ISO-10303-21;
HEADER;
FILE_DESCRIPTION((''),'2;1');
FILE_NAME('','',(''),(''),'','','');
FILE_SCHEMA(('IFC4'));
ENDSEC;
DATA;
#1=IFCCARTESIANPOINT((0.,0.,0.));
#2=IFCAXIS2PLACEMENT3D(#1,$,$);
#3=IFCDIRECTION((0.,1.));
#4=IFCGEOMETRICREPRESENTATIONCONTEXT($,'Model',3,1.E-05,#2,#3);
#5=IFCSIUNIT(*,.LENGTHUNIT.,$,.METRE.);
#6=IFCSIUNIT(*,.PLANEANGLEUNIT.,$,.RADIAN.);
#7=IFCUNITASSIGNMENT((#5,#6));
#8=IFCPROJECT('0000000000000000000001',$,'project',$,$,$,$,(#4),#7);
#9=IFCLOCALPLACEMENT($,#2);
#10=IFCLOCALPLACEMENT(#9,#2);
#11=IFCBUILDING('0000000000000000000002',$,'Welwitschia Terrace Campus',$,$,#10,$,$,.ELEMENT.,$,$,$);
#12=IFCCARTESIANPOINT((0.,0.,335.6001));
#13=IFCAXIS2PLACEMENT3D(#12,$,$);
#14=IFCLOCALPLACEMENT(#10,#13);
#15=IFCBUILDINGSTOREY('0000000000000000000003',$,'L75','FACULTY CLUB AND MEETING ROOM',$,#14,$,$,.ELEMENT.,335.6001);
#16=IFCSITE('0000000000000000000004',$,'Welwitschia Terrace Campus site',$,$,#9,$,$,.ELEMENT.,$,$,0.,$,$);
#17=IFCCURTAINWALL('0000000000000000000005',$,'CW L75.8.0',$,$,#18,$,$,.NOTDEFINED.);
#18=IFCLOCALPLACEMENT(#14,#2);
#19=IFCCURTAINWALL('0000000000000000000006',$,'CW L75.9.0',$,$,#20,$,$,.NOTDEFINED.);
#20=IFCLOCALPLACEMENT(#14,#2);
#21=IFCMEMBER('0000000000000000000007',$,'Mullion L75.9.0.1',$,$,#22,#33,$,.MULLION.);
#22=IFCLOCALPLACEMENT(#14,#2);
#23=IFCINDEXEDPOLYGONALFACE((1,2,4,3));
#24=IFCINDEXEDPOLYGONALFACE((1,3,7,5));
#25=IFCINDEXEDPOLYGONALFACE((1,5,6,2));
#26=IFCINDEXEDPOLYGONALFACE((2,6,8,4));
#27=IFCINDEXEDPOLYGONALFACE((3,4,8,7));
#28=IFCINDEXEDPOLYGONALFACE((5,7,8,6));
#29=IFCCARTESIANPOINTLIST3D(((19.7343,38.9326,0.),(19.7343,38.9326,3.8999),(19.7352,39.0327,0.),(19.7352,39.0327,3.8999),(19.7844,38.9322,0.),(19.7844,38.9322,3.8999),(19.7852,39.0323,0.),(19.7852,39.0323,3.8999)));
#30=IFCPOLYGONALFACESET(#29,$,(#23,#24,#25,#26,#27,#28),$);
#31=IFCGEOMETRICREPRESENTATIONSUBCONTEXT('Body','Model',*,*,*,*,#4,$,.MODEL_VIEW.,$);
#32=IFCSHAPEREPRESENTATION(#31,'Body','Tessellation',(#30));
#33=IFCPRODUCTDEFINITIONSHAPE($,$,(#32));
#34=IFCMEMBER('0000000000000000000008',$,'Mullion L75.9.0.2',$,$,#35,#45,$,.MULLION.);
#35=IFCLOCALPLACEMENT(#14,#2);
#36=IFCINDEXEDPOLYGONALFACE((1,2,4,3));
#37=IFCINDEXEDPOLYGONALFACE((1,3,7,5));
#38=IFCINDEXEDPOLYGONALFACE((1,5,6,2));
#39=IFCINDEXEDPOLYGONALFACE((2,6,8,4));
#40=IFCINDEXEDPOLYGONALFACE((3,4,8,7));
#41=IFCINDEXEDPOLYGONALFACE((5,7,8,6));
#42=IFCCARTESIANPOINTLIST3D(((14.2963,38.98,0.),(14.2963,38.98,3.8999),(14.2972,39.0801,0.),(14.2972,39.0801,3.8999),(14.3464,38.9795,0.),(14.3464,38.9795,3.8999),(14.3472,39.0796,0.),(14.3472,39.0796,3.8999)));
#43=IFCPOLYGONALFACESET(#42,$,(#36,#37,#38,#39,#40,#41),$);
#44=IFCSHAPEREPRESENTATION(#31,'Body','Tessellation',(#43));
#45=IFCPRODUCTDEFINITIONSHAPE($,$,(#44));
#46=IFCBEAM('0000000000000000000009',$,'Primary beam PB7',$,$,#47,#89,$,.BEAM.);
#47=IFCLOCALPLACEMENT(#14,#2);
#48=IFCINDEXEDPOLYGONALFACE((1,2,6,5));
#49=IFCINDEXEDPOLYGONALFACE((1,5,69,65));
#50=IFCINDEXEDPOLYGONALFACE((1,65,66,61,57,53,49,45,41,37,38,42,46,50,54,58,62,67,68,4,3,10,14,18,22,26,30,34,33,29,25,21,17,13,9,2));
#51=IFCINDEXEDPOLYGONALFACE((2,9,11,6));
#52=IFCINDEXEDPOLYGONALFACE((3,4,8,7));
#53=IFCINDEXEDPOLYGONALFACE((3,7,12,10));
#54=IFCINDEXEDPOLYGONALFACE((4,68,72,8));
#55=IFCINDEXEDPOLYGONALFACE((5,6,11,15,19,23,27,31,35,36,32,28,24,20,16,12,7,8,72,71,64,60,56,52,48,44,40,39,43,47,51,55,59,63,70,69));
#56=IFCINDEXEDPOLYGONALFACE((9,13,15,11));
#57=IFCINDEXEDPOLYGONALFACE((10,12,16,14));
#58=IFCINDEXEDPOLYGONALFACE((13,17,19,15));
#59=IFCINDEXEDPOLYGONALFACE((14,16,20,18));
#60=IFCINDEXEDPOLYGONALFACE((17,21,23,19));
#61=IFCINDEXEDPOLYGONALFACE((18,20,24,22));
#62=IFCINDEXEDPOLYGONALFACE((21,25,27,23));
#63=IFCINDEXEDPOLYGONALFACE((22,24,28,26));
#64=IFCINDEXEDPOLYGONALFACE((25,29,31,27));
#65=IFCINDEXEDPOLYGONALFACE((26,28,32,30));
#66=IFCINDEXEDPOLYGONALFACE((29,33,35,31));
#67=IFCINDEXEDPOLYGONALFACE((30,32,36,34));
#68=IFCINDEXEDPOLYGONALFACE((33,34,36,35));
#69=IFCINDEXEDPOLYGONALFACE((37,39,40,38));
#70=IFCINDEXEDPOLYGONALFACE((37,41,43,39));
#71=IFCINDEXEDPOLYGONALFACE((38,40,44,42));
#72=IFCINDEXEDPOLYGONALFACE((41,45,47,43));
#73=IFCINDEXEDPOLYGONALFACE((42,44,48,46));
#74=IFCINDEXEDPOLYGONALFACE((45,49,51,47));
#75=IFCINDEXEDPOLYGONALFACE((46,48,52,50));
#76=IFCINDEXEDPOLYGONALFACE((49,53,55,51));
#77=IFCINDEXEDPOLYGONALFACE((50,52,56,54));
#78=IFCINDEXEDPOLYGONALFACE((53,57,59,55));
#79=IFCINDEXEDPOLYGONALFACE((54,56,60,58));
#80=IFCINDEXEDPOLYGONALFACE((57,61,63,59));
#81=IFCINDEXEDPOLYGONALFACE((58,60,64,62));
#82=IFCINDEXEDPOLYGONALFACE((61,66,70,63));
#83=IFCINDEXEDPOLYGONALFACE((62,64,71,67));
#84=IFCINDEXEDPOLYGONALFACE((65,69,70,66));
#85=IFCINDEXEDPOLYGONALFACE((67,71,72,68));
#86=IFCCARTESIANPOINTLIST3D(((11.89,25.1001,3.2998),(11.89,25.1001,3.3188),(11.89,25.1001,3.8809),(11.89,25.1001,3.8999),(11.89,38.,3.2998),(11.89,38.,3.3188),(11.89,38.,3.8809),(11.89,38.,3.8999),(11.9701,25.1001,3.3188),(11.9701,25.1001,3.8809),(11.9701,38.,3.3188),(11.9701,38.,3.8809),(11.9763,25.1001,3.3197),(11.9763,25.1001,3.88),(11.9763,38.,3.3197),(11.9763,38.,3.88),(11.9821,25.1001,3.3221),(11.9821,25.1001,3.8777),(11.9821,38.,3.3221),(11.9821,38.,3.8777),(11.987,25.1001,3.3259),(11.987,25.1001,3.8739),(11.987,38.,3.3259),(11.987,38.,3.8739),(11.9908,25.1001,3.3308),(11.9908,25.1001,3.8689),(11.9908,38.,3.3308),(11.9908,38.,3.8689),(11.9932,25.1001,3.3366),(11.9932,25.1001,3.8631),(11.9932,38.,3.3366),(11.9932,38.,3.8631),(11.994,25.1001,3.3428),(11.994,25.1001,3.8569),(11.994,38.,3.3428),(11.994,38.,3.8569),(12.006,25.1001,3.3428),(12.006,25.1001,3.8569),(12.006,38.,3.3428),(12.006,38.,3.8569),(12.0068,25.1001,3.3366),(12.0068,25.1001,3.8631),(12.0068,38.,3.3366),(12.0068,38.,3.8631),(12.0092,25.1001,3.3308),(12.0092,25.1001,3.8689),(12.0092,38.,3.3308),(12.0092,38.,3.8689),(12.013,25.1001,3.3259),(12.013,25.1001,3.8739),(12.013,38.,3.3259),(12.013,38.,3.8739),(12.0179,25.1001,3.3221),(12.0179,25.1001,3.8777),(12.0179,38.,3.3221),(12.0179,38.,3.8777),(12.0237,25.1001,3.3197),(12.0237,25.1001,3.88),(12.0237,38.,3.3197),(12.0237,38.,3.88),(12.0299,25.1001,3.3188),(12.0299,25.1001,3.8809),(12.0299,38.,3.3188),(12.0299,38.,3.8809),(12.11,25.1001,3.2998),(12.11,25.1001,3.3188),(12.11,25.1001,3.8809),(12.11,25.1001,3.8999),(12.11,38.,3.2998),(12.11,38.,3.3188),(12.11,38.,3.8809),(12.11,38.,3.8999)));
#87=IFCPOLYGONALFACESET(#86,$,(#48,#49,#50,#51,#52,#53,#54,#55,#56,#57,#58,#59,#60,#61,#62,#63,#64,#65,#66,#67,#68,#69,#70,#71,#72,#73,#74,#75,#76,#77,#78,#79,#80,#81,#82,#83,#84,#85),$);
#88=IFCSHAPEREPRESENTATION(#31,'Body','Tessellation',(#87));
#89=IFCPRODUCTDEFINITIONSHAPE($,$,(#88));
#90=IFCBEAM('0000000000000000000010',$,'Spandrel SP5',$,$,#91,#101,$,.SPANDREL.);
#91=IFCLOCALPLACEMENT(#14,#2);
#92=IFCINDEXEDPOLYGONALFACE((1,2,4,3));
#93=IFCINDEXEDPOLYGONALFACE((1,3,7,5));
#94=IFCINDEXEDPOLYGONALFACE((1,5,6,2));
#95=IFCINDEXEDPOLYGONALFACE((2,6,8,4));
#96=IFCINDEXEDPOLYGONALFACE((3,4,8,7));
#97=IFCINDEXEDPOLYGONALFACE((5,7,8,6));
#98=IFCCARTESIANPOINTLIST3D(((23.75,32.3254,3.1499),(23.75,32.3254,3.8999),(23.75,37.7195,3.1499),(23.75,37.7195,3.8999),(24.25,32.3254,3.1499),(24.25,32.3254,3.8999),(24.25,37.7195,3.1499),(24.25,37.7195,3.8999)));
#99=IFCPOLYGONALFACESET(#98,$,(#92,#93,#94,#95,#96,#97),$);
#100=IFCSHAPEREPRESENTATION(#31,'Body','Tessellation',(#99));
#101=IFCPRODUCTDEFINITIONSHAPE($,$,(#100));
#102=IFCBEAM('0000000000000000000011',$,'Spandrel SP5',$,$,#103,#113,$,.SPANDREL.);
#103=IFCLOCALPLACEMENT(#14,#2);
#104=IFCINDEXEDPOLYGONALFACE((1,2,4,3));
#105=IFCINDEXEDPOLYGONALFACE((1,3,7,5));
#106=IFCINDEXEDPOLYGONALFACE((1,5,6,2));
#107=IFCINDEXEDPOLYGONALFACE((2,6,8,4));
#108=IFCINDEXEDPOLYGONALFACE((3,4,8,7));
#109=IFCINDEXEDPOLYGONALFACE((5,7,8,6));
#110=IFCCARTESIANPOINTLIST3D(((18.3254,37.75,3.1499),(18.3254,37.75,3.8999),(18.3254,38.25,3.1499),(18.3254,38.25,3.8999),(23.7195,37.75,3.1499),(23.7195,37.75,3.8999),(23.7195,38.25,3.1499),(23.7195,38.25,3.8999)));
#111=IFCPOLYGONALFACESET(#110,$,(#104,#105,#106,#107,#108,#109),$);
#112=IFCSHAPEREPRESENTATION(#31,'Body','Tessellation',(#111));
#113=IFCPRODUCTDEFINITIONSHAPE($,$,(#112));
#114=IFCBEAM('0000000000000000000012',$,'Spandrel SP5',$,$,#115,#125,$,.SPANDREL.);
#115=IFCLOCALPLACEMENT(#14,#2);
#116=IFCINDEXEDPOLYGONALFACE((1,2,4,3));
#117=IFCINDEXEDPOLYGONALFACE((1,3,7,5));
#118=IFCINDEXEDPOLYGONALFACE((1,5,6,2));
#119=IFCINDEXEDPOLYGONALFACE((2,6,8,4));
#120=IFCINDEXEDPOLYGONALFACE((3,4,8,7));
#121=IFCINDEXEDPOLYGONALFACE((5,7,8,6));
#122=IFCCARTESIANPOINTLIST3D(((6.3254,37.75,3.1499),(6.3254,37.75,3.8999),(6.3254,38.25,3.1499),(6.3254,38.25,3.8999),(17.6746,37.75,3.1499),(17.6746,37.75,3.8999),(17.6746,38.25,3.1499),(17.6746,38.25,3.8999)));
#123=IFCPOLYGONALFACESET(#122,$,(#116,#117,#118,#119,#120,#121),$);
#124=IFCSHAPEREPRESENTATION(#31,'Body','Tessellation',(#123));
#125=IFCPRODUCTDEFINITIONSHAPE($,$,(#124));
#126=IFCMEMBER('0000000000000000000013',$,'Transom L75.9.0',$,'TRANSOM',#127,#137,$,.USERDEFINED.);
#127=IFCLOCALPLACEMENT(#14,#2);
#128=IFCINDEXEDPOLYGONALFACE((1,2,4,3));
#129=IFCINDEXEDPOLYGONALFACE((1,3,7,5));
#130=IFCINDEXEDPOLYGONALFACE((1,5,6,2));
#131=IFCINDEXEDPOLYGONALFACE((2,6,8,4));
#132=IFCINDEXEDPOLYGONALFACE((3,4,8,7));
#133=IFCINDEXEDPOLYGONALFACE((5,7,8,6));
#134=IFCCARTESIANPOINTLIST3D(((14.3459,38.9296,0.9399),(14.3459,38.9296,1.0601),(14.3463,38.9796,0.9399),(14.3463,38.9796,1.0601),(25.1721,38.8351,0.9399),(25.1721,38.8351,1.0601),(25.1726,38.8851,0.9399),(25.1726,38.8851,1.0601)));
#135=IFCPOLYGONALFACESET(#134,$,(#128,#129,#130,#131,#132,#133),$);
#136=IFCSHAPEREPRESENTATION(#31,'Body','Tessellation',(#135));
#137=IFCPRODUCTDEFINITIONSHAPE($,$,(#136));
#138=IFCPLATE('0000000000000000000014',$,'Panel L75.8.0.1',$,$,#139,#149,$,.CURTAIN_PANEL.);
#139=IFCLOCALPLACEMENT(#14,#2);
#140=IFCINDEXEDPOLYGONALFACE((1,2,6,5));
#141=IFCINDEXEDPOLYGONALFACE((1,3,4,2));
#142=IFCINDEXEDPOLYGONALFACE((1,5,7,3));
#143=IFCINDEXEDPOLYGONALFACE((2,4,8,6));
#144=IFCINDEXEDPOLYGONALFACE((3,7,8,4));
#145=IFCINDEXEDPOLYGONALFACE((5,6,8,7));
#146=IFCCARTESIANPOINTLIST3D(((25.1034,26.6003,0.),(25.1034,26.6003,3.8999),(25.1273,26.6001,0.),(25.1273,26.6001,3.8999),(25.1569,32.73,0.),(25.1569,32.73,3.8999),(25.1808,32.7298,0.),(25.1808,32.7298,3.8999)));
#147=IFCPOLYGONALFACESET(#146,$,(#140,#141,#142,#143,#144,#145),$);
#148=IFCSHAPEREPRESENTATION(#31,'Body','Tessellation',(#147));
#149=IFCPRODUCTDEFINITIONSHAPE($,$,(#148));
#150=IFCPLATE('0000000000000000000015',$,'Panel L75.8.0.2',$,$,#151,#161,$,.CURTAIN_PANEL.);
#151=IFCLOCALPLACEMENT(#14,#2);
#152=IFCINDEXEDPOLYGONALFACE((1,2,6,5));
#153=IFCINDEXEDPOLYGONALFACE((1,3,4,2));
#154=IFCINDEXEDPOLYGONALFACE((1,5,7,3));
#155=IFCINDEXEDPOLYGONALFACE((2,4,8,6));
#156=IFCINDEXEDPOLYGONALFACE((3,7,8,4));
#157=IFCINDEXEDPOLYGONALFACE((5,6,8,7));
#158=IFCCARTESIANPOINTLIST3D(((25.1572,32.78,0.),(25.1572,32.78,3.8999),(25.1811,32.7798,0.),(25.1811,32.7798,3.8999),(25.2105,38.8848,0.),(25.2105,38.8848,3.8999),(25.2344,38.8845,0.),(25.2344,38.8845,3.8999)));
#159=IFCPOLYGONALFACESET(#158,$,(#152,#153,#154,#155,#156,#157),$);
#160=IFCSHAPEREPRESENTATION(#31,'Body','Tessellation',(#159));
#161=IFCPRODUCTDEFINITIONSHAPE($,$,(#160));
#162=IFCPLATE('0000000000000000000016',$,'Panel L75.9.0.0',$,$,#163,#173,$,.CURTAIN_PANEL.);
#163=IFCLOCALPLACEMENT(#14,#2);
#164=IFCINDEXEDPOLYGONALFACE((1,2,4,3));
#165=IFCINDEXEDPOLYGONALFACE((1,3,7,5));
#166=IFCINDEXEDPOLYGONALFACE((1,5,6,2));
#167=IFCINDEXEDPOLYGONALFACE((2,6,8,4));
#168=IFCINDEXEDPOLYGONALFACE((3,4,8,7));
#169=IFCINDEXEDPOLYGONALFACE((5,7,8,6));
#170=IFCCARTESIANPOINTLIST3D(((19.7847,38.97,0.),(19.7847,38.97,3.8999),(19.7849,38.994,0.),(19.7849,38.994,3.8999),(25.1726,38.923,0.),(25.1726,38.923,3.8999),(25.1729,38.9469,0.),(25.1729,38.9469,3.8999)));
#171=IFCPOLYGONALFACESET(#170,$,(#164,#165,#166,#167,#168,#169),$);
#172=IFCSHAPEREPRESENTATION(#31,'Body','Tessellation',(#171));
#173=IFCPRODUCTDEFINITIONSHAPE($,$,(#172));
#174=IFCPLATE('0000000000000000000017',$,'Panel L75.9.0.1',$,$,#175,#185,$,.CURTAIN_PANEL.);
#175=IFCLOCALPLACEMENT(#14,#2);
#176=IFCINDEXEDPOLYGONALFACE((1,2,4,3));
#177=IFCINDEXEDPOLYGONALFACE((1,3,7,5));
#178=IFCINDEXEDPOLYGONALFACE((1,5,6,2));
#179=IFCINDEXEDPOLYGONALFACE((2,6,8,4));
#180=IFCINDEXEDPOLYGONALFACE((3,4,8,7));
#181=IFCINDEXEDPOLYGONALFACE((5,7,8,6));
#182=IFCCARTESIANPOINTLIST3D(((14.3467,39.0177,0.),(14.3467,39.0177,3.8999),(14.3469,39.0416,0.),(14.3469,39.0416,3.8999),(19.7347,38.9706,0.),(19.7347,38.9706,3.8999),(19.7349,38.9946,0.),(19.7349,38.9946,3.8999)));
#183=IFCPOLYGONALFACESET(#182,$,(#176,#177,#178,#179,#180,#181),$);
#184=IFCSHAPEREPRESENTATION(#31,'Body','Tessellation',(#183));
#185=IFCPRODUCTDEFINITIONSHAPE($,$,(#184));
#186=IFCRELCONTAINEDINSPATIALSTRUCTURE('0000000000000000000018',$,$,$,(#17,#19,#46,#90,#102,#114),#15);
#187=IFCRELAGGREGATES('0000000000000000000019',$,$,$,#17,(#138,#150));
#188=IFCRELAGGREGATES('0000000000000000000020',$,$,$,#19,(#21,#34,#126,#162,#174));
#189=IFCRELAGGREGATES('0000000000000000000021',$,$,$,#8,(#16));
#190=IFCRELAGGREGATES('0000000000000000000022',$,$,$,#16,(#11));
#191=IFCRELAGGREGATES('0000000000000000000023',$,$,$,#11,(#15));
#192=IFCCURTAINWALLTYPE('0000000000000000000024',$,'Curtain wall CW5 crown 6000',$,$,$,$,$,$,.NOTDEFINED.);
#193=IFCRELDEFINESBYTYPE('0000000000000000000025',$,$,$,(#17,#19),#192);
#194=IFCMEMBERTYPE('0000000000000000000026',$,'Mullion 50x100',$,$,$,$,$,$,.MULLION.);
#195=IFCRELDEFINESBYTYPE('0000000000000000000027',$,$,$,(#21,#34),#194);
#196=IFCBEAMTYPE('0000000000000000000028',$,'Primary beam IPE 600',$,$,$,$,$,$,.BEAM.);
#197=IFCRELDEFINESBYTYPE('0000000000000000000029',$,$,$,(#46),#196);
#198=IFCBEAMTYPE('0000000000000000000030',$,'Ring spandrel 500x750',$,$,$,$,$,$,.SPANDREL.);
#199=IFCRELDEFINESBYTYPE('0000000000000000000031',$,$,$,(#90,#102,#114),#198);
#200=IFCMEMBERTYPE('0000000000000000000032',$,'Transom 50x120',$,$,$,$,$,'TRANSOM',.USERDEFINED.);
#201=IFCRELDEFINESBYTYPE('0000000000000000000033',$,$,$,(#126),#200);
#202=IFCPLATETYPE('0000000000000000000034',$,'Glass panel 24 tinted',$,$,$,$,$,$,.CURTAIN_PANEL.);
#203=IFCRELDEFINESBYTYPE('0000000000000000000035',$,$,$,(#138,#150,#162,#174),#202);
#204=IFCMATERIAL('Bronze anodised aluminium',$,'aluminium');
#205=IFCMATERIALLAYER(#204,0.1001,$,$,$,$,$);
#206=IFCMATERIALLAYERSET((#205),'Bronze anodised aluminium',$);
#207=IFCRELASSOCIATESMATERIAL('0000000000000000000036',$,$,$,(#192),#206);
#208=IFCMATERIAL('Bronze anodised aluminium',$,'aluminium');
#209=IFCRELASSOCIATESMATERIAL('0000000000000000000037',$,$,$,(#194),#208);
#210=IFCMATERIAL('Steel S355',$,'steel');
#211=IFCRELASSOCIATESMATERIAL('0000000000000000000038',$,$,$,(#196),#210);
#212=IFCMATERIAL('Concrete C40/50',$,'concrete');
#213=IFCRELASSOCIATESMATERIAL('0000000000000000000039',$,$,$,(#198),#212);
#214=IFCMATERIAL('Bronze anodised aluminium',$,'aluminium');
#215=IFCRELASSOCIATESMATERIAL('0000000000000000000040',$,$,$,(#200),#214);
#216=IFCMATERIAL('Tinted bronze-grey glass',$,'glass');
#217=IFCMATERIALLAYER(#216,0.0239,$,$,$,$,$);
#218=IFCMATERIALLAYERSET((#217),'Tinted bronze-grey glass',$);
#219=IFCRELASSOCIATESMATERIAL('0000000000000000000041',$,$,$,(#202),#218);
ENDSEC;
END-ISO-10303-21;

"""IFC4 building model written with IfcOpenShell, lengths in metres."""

from ifc_helpers import new_model, si_unit, direction, frame, origin, origin_2d, place, context, subcontext, project, spatial, rectangle, i_section, extrude, material, layer, layer_set, material_profile, profile_set, type_object, element, aggregate, save


model = new_model("IFC4")

# Units and contexts
model_context = context("Model", 3, precision=1e-05, world=origin(), true_north=direction((0.0, 1.0)))
body_context = subcontext(model_context, "Body", "Model", "MODEL_VIEW")
ifc_project = project(units=[si_unit("LENGTHUNIT", "METRE"), si_unit("PLANEANGLEUNIT", "RADIAN")], contexts=[model_context])

# Site, building, storey
site_placement = place(None, origin())
site = spatial("IfcSite", under=ifc_project, at=site_placement, Name="Welwitschia Terrace Campus site", CompositionType="ELEMENT", RefElevation=0.0)
building_placement = place(site_placement, origin())
building = spatial("IfcBuilding", under=site, at=building_placement, Name="Welwitschia Terrace Campus", CompositionType="ELEMENT")
storey_placement = place(building_placement, frame((0.0, 0.0, 335.6001)))
storey = spatial("IfcBuildingStorey", under=building, at=storey_placement, Name="L75", Description="FACULTY CLUB AND MEETING ROOM", CompositionType="ELEMENT", Elevation=335.6001)

# Shared definitions
ifc_material_1 = material(Name="Bronze anodised aluminium", Category="aluminium")
ifc_layer_1 = layer(ifc_material_1, 0.1001)
ifc_layer_set_1 = layer_set([ifc_layer_1], Name="Bronze anodised aluminium")
curtain_wall_type = type_object("IfcCurtainWallType", Name="Curtain wall CW5 crown 6000", PredefinedType="NOTDEFINED", material=ifc_layer_set_1)
ifc_material_2 = material(Name="Bronze anodised aluminium", Category="aluminium")
ifc_material_profile_1 = material_profile(ifc_material_2, rectangle(XDim=0.1001, YDim=0.05, at=origin_2d()))
ifc_profile_set_1 = profile_set([ifc_material_profile_1], Name="Bronze anodised aluminium")
member_type_1 = type_object("IfcMemberType", Name="Mullion 50x100", PredefinedType="MULLION", material=ifc_profile_set_1)

# Curtain walls, members
curtain_wall_1_placement = place(storey_placement, origin())
curtain_wall_1 = element("IfcCurtainWall", 1, at=curtain_wall_1_placement, inside=storey, type_object=curtain_wall_type, Name="CW L75.8.0", PredefinedType="NOTDEFINED")
curtain_wall_2_placement = place(storey_placement, origin())
curtain_wall_2 = element("IfcCurtainWall", 2, at=curtain_wall_2_placement, inside=storey, type_object=curtain_wall_type, Name="CW L75.9.0", PredefinedType="NOTDEFINED")
member_1_placement = place(storey_placement, frame((19.7598, 38.9824, 0.0), z_axis=(0.0, 0.0, 1.0), x_axis=(-0.008727, -0.999962, 0.0)))
member_1 = element("IfcMember", 3, at=member_1_placement, type_object=member_type_1, Name="Mullion L75.9.0.1", PredefinedType="MULLION", context=body_context, shape_type="SweptSolid", body=[
    extrude(rectangle(XDim=0.1001, YDim=0.05, at=origin_2d()), origin(), (0.0, 0.0, 1.0), 3.8999),
])
member_2_placement = place(storey_placement, frame((14.3218, 39.0298, 0.0), z_axis=(0.0, 0.0, 1.0), x_axis=(-0.008727, -0.999962, 0.0)))
member_2 = element("IfcMember", 4, at=member_2_placement, type_object=member_type_1, Name="Mullion L75.9.0.2", PredefinedType="MULLION", context=body_context, shape_type="SweptSolid", body=[
    extrude(rectangle(XDim=0.1001, YDim=0.05, at=origin_2d()), origin(), (0.0, 0.0, 1.0), 3.8999),
])

# Beams
ifc_material_3 = material(Name="Steel S355", Category="steel")
ifc_material_profile_2 = material_profile(ifc_material_3, i_section(OverallWidth=0.22, OverallDepth=0.6001, WebThickness=0.012, FlangeThickness=0.019, FilletRadius=0.0239, at=origin_2d()))
ifc_profile_set_2 = profile_set([ifc_material_profile_2], Name="Steel S355")
beam_type_1 = type_object("IfcBeamType", Name="Primary beam IPE 600", PredefinedType="BEAM", material=ifc_profile_set_2)
beam_1_placement = place(storey_placement, frame((12.0, 38.0, 3.5999), z_axis=(0.0, -1.0, 0.0), x_axis=(1.0, 0.0, 0.0)))
element("IfcBeam", 5, at=beam_1_placement, inside=storey, type_object=beam_type_1, Name="Primary beam PB7", PredefinedType="BEAM", context=body_context, shape_type="SweptSolid", body=[
    extrude(i_section(OverallWidth=0.22, OverallDepth=0.6001, WebThickness=0.012, FlangeThickness=0.019, FilletRadius=0.0239, at=origin_2d()), origin(), (0.0, 0.0, 1.0), 12.8999),
])
ifc_material_4 = material(Name="Concrete C40/50", Category="concrete")
ifc_material_profile_3 = material_profile(ifc_material_4, rectangle(XDim=0.5, YDim=0.75, at=origin_2d()))
ifc_profile_set_3 = profile_set([ifc_material_profile_3], Name="Concrete C40/50")
beam_type_2 = type_object("IfcBeamType", Name="Ring spandrel 500x750", PredefinedType="SPANDREL", material=ifc_profile_set_3)
for number, where, z_axis, x_axis, name in (
    (6, (24.0, 32.3254, 3.5249), (0.0, 1.0, 0.0), (-1.0, 0.0, 0.0), "Spandrel SP5"),
    (7, (23.7195, 38.0, 3.5249), (-1.0, 0.0, 0.0), (0.0, -1.0, 0.0), "Spandrel SP5"),
):
    element("IfcBeam", number, at=place(storey_placement, frame(where, z_axis=z_axis, x_axis=x_axis)), inside=storey, type_object=beam_type_2, Name=name, PredefinedType="SPANDREL", context=body_context, shape_type="SweptSolid", body=[
        extrude(rectangle(XDim=0.5, YDim=0.75, at=origin_2d()), origin(), (0.0, 0.0, 1.0), 5.394),
    ])
beam_2_placement = place(storey_placement, frame((17.6746, 38.0, 3.5249), z_axis=(-1.0, 0.0, 0.0), x_axis=(0.0, -1.0, 0.0)))
element("IfcBeam", 8, at=beam_2_placement, inside=storey, type_object=beam_type_2, Name="Spandrel SP5", PredefinedType="SPANDREL", context=body_context, shape_type="SweptSolid", body=[
    extrude(rectangle(XDim=0.5, YDim=0.75, at=origin_2d()), origin(), (0.0, 0.0, 1.0), 11.3491),
])

# Member
ifc_material_5 = material(Name="Bronze anodised aluminium", Category="aluminium")
ifc_material_profile_4 = material_profile(ifc_material_5, rectangle(XDim=0.05, YDim=0.1201, at=origin_2d()))
ifc_profile_set_4 = profile_set([ifc_material_profile_4], Name="Bronze anodised aluminium")
member_type_2 = type_object("IfcMemberType", Name="Transom 50x120", ElementType="TRANSOM", PredefinedType="USERDEFINED", material=ifc_profile_set_4)
member_3_placement = place(storey_placement, frame((25.1724, 38.8601, 1.0), z_axis=(-0.999962, 0.008727, 0.0), x_axis=(-0.008727, -0.999962, 0.0)))
member_3 = element("IfcMember", 9, at=member_3_placement, type_object=member_type_2, Name="Transom L75.9.0", ObjectType="TRANSOM", PredefinedType="USERDEFINED", context=body_context, shape_type="SweptSolid", body=[
    extrude(rectangle(XDim=0.05, YDim=0.1201, at=origin_2d()), origin(), (0.0, 0.0, 1.0), 10.8267),
])

# Plates
ifc_material_6 = material(Name="Tinted bronze-grey glass", Category="glass")
ifc_layer_2 = layer(ifc_material_6, 0.0239)
ifc_layer_set_2 = layer_set([ifc_layer_2], Name="Tinted bronze-grey glass")
plate_type = type_object("IfcPlateType", Name="Glass panel 24 tinted", PredefinedType="CURTAIN_PANEL", material=ifc_layer_set_2)
plate_1_placement = place(storey_placement, frame((25.1421, 29.665, 0.0), z_axis=(0.0, 0.0, 1.0), x_axis=(0.008727, 0.999962, 0.0)))
plate_1 = element("IfcPlate", 10, at=plate_1_placement, type_object=plate_type, Name="Panel L75.8.0.1", PredefinedType="CURTAIN_PANEL", context=body_context, shape_type="SweptSolid", body=[
    extrude(rectangle(XDim=6.1299, YDim=0.0239, at=origin_2d()), origin(), (0.0, 0.0, 1.0), 3.8999),
])
plate_2_placement = place(storey_placement, frame((25.1958, 35.8323, 0.0), z_axis=(0.0, 0.0, 1.0), x_axis=(0.008727, 0.999962, 0.0)))
plate_2 = element("IfcPlate", 11, at=plate_2_placement, type_object=plate_type, Name="Panel L75.8.0.2", PredefinedType="CURTAIN_PANEL", context=body_context, shape_type="SweptSolid", body=[
    extrude(rectangle(XDim=6.105, YDim=0.0239, at=origin_2d()), origin(), (0.0, 0.0, 1.0), 3.8999),
])
aggregate(curtain_wall_1, [plate_1, plate_2])
plate_3_placement = place(storey_placement, frame((22.4788, 38.9585, 0.0), z_axis=(0.0, 0.0, 1.0), x_axis=(-0.999962, 0.008727, 0.0)))
plate_3 = element("IfcPlate", 12, at=plate_3_placement, type_object=plate_type, Name="Panel L75.9.0.0", PredefinedType="CURTAIN_PANEL", context=body_context, shape_type="SweptSolid", body=[
    extrude(rectangle(XDim=5.3882, YDim=0.0239, at=origin_2d()), origin(), (0.0, 0.0, 1.0), 3.8999),
])
plate_4_placement = place(storey_placement, frame((17.0408, 39.0061, 0.0), z_axis=(0.0, 0.0, 1.0), x_axis=(-0.999962, 0.008727, 0.0)))
plate_4 = element("IfcPlate", 13, at=plate_4_placement, type_object=plate_type, Name="Panel L75.9.0.1", PredefinedType="CURTAIN_PANEL", context=body_context, shape_type="SweptSolid", body=[
    extrude(rectangle(XDim=5.3882, YDim=0.0239, at=origin_2d()), origin(), (0.0, 0.0, 1.0), 3.8999),
])
aggregate(curtain_wall_2, [member_1, member_2, member_3, plate_3, plate_4])

save(model, "model.ifc")
